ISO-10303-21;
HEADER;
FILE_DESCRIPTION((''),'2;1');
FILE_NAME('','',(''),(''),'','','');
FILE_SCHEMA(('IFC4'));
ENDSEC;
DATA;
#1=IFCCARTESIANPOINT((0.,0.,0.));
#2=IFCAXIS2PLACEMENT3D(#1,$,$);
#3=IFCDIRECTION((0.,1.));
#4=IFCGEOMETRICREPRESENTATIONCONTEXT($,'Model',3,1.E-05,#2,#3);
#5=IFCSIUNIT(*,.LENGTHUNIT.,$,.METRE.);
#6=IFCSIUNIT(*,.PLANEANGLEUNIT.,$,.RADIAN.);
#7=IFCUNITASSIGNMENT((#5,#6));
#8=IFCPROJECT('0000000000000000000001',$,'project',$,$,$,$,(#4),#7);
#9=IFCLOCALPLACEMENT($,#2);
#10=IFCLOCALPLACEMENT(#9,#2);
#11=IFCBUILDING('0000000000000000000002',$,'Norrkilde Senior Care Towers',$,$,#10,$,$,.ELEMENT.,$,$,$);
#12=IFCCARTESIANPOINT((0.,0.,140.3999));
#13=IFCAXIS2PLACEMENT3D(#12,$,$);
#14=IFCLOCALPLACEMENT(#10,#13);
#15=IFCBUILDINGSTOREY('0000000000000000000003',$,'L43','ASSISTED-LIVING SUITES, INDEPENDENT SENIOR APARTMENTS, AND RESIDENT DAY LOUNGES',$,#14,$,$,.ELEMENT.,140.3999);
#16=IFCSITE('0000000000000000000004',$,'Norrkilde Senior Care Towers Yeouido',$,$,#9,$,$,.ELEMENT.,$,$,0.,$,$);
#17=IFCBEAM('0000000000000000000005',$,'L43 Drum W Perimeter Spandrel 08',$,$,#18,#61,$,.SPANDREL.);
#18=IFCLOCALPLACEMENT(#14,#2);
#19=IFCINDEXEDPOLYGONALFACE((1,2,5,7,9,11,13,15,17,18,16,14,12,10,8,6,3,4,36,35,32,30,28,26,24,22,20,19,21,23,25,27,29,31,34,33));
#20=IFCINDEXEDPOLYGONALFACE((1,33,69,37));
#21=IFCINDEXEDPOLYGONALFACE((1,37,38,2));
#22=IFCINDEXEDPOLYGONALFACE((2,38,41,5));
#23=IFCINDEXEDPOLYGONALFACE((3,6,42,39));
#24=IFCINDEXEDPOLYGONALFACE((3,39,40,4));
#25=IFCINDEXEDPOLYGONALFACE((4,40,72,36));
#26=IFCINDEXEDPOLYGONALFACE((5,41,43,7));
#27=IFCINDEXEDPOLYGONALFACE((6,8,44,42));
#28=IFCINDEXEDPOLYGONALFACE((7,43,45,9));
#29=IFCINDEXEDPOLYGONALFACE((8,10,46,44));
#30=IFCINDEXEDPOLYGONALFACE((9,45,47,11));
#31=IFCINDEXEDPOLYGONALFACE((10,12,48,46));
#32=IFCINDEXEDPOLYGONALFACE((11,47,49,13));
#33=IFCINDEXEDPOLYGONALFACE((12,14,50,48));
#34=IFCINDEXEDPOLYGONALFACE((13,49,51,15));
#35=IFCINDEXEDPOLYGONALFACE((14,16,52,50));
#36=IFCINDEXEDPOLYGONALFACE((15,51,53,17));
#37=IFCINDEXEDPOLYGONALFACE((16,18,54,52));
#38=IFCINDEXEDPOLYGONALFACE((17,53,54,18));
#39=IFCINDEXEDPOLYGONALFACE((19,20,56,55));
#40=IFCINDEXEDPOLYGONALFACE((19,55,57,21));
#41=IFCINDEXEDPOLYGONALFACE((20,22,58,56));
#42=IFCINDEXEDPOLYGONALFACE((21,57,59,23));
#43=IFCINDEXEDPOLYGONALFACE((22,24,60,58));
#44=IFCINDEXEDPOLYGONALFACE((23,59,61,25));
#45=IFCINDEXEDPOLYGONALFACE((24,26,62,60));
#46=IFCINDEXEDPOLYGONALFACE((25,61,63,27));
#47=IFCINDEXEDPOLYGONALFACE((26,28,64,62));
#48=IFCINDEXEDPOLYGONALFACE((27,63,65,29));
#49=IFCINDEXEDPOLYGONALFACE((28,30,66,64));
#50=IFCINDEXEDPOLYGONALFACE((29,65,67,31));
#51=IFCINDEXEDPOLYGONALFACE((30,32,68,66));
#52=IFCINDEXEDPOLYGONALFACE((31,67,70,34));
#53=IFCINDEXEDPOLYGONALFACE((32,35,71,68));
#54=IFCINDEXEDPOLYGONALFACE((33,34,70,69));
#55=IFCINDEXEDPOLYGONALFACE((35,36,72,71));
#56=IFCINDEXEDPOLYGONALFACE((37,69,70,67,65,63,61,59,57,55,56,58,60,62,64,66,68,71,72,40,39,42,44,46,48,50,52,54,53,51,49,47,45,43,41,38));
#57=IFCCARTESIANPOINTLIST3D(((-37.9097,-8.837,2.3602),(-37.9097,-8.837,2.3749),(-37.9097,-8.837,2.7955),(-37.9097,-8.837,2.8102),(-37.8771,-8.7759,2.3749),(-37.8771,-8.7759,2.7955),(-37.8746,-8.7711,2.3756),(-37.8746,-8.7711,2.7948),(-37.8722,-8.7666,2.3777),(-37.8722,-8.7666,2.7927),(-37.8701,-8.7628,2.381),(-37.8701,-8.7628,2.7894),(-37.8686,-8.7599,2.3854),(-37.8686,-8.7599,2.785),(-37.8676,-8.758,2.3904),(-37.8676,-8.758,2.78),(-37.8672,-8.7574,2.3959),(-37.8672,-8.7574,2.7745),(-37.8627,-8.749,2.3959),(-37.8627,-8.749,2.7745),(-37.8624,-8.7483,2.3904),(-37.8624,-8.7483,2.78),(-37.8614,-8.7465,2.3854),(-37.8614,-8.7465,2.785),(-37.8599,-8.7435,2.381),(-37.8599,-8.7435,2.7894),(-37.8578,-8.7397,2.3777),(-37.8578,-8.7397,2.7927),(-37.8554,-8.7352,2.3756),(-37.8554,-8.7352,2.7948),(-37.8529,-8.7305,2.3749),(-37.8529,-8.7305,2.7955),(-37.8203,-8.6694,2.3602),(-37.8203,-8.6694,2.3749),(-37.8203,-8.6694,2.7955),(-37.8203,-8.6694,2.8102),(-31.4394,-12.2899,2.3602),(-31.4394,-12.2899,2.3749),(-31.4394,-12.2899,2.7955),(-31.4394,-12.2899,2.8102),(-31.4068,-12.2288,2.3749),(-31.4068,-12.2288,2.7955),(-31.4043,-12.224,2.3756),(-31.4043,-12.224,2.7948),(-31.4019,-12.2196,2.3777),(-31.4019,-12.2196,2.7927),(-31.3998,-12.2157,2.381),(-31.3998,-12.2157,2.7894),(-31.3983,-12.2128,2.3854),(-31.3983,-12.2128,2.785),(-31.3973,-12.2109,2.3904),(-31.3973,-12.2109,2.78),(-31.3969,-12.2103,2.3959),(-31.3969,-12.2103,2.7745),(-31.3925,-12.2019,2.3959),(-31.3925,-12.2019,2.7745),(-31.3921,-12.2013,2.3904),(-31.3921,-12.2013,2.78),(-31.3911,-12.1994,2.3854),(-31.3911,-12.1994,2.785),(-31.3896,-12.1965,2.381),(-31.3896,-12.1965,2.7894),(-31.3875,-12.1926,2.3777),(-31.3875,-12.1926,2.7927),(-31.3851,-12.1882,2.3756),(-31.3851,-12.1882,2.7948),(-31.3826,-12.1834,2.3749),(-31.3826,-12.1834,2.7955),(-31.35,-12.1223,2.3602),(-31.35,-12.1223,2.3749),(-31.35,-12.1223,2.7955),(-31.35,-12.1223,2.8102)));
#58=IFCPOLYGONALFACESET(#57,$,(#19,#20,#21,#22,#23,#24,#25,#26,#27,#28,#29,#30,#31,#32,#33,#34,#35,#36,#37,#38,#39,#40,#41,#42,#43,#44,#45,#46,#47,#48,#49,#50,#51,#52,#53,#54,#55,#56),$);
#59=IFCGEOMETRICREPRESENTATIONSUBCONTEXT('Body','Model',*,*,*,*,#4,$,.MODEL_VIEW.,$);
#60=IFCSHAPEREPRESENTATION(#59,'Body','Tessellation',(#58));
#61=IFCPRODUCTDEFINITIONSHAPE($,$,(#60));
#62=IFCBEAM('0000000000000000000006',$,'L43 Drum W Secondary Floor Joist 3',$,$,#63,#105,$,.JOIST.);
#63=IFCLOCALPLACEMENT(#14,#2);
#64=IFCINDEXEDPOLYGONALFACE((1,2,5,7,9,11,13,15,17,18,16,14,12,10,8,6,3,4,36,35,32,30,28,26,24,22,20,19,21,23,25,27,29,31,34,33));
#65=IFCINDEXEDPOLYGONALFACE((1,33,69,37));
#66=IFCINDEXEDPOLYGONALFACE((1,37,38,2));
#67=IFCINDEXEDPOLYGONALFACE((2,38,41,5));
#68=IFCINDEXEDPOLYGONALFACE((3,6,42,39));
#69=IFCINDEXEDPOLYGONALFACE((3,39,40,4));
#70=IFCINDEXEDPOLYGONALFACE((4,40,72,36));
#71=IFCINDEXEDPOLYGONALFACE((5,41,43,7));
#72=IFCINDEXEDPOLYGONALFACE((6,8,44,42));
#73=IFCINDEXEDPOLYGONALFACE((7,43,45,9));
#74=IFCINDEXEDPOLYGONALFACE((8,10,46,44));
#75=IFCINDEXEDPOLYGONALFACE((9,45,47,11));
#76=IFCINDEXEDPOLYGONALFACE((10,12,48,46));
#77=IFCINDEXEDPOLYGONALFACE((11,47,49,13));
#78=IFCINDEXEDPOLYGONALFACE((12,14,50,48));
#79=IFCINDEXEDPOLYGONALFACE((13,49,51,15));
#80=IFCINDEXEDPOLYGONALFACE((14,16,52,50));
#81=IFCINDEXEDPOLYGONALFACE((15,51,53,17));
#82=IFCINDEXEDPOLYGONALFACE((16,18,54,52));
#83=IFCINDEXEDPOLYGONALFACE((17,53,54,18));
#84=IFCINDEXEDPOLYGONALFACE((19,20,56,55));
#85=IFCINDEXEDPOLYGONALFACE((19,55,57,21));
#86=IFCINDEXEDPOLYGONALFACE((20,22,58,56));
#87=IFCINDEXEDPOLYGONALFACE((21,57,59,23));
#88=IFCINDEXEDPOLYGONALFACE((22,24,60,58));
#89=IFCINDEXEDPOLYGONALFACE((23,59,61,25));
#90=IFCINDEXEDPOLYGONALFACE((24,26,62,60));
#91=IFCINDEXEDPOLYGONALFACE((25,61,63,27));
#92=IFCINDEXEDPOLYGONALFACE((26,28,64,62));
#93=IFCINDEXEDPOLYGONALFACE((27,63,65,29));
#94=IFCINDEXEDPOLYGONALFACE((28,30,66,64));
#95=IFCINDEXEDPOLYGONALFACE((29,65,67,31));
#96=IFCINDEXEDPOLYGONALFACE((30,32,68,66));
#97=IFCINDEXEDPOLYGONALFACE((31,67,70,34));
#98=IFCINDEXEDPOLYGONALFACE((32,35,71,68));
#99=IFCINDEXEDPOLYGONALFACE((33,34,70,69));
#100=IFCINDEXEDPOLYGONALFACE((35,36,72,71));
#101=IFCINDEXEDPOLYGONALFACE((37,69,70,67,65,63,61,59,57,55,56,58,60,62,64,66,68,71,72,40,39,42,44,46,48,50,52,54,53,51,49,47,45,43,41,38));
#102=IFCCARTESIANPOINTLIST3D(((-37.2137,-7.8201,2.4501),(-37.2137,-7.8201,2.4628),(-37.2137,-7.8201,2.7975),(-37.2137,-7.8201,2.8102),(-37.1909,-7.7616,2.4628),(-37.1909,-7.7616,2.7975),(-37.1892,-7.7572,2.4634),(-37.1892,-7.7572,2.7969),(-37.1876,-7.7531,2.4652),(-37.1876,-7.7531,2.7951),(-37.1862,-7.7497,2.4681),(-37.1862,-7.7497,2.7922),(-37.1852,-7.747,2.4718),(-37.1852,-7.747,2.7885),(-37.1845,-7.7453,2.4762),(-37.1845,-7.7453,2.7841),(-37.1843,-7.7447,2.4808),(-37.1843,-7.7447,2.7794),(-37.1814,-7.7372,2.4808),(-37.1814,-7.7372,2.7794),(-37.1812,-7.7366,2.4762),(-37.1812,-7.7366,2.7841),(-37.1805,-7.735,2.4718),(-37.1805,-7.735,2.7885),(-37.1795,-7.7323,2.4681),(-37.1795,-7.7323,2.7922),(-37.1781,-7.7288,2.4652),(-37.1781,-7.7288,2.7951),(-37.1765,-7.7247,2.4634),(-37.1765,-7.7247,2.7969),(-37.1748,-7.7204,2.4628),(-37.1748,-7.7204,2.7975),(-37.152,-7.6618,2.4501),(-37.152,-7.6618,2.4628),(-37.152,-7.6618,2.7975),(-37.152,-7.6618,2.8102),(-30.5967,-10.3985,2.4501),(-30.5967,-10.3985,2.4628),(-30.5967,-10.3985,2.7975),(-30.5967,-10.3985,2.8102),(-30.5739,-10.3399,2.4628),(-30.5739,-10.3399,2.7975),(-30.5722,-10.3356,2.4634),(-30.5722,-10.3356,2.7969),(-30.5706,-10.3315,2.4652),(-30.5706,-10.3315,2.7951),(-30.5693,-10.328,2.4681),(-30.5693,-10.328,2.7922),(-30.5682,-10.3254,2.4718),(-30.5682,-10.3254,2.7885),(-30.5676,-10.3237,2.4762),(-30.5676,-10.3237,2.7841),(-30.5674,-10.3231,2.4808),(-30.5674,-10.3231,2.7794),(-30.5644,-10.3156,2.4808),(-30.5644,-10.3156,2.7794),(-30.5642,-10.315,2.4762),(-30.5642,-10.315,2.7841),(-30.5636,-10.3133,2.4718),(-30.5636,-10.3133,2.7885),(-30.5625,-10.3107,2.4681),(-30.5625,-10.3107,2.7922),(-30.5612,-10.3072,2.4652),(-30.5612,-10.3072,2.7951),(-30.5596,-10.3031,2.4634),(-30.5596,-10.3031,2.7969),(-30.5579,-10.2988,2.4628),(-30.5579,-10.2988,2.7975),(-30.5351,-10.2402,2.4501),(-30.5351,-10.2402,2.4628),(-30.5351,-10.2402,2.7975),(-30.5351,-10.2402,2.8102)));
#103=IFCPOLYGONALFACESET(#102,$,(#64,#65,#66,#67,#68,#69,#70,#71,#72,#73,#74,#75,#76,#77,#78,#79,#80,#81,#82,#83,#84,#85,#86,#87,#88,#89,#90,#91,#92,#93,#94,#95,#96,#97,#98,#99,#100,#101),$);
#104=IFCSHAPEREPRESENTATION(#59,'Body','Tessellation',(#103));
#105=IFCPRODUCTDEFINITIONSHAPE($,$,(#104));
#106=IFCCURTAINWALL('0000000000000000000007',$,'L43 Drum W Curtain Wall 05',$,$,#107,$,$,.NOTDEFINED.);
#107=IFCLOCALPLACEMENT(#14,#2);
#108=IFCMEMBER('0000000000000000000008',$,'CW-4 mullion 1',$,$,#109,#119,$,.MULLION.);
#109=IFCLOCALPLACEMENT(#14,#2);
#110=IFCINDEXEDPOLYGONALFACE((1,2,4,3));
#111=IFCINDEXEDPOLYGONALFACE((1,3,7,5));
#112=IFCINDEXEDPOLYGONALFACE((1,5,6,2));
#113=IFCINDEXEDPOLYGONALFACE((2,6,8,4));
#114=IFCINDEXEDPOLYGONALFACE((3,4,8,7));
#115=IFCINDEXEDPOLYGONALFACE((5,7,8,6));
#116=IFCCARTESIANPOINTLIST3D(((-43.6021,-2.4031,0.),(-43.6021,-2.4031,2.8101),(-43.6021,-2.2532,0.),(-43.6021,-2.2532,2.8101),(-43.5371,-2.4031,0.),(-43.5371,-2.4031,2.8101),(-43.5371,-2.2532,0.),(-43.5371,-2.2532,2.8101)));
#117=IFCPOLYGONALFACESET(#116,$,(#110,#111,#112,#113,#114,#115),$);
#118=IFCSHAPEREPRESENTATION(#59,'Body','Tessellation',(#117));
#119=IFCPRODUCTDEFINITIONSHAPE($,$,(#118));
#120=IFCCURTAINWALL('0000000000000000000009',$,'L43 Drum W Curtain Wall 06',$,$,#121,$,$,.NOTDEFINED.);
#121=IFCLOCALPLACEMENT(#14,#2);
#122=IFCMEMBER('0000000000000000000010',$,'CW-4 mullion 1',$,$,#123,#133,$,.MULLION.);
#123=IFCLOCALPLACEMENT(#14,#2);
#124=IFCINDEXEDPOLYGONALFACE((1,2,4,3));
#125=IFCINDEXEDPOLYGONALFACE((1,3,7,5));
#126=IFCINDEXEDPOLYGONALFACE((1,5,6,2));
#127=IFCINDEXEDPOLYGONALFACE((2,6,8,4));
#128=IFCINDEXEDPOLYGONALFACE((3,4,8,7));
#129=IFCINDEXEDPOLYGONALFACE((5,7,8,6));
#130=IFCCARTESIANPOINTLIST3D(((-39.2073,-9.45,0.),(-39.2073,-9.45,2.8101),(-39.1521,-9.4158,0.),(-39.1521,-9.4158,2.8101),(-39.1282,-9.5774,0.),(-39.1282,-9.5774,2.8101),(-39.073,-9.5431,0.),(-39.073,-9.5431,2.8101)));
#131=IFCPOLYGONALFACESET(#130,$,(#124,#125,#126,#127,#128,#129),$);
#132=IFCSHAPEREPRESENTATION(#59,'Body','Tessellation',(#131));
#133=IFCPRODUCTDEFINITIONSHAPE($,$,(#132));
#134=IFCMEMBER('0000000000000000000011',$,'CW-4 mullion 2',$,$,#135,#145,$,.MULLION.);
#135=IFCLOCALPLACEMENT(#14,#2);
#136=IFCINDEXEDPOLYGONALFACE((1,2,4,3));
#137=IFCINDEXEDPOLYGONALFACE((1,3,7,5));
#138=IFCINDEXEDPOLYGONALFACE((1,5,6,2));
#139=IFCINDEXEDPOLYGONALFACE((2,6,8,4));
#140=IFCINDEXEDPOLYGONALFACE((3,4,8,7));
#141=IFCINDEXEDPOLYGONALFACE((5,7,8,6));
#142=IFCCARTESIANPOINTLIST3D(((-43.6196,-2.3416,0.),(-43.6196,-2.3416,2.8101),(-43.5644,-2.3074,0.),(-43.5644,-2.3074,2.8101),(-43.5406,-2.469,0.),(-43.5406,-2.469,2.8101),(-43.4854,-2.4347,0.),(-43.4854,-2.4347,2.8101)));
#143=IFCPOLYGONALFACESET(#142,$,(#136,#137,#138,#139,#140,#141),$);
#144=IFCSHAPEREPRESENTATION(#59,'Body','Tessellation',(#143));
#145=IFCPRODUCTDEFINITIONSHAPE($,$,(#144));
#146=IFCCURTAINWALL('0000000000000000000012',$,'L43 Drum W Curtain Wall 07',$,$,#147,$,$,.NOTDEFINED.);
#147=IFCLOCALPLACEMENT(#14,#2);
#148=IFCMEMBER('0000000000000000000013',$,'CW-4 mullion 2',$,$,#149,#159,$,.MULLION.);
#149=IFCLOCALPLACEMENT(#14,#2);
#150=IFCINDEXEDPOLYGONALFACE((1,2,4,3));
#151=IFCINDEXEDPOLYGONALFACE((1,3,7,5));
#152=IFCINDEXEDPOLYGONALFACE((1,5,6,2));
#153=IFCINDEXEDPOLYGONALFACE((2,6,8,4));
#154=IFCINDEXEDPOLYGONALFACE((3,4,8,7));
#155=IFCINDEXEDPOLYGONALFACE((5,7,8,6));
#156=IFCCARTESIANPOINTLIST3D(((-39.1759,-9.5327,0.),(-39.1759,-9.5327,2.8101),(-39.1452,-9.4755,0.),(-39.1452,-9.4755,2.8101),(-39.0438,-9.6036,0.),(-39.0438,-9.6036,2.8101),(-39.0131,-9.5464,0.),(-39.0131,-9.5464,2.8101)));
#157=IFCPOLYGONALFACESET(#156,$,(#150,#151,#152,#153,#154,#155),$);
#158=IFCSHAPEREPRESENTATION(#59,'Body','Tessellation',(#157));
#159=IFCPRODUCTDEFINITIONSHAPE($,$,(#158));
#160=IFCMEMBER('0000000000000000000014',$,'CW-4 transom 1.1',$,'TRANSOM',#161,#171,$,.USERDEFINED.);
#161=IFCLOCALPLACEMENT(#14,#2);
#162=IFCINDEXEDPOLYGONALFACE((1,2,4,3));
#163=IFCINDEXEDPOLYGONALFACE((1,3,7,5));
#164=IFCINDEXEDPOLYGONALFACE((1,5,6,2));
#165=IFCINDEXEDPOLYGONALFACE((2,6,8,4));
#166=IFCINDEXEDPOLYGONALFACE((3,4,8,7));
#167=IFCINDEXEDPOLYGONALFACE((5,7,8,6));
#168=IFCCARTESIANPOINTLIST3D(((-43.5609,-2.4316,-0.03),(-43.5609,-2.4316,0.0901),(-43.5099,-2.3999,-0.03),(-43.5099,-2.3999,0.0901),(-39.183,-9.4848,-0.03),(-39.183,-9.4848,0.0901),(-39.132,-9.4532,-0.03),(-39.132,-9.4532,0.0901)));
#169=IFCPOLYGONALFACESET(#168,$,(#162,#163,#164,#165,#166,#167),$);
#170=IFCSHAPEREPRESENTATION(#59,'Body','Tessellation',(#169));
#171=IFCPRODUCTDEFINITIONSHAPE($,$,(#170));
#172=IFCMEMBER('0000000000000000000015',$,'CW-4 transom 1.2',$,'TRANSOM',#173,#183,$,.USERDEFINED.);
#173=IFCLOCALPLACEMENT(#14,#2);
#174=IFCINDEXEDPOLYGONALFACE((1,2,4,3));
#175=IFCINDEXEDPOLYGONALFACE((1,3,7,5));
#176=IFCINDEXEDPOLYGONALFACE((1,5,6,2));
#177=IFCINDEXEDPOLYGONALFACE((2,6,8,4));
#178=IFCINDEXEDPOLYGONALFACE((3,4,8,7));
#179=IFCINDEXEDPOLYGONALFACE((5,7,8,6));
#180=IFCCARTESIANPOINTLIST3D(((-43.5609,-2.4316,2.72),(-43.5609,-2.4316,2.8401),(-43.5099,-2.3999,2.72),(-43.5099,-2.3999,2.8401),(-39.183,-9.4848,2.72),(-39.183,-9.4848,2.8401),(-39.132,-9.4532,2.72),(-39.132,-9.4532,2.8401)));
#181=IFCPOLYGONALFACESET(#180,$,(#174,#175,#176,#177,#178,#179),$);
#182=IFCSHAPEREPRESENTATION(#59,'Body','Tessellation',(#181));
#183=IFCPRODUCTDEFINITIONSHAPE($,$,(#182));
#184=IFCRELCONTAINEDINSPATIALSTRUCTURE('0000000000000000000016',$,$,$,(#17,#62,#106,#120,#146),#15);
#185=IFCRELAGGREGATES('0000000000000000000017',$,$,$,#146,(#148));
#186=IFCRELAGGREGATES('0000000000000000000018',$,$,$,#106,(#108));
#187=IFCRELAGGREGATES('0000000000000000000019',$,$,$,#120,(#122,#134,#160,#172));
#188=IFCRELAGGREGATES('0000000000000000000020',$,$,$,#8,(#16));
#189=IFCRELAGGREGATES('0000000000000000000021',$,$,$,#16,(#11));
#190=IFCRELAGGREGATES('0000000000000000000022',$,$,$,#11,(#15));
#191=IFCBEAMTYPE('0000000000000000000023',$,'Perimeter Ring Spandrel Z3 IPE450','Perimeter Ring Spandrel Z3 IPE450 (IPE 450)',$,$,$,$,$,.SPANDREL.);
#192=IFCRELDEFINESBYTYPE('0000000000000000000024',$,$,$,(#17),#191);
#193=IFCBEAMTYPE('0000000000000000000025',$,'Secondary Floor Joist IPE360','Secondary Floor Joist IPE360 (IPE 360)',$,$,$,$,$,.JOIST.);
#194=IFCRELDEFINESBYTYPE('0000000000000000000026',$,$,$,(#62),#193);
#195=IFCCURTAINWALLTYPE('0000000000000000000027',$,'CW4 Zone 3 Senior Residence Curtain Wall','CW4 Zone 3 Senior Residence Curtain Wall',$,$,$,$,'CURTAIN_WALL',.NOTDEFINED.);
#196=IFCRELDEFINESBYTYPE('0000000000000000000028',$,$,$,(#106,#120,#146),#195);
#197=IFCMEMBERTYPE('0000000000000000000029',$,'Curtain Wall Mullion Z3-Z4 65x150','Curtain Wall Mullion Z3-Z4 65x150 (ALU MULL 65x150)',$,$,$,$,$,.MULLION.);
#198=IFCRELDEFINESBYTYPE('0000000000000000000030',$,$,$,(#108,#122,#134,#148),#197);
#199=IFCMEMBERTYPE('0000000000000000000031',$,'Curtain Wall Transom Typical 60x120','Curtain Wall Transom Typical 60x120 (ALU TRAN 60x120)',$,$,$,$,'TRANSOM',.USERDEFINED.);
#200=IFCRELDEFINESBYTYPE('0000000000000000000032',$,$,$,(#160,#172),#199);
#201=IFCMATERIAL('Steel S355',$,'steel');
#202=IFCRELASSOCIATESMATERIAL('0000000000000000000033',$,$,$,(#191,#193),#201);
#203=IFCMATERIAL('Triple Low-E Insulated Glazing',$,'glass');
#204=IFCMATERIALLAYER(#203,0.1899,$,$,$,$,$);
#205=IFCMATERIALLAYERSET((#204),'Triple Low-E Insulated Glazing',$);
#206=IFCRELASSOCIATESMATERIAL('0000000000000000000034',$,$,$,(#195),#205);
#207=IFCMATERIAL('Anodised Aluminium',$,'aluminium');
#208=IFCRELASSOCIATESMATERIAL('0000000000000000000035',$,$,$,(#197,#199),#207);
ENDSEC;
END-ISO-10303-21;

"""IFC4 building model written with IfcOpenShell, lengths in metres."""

from ifc_helpers import new_model, si_unit, direction, frame, origin, origin_2d, place, context, subcontext, project, spatial, rectangle, i_section, extrude, source, transform, mapped, material, layer, layer_set, material_profile, profile_set, type_object, type_shapes, element, aggregate, save


model = new_model("IFC4")

# Units and contexts
model_context = context("Model", 3, precision=1e-05, world=origin(), true_north=direction((0.0, 1.0)))
body_context = subcontext(model_context, "Body", "Model", "MODEL_VIEW")
ifc_project = project(units=[si_unit("LENGTHUNIT", "METRE"), si_unit("PLANEANGLEUNIT", "RADIAN")], contexts=[model_context])

# Site, building, storey
site_placement = place(None, origin())
site = spatial("IfcSite", under=ifc_project, at=site_placement, Name="Norrkilde Senior Care Towers Yeouido", CompositionType="ELEMENT", RefElevation=0.0)
building_placement = place(site_placement, origin())
building = spatial("IfcBuilding", under=site, at=building_placement, Name="Norrkilde Senior Care Towers", CompositionType="ELEMENT")
storey_placement = place(building_placement, frame((0.0, 0.0, 140.3999)))
storey = spatial("IfcBuildingStorey", under=building, at=storey_placement, Name="L43", Description="ASSISTED-LIVING SUITES, INDEPENDENT SENIOR APARTMENTS, AND RESIDENT DAY LOUNGES", CompositionType="ELEMENT", Elevation=140.3999)

# Beams
ifc_material_1 = material(Name="Steel S355", Category="steel")
ifc_material_profile_1 = material_profile(ifc_material_1, i_section(OverallWidth=0.1899, OverallDepth=0.45, WebThickness=0.0095, FlangeThickness=0.0146, FilletRadius=0.021, at=origin_2d()), Name="IPE 450")
ifc_profile_set_1 = profile_set([ifc_material_profile_1], Name="Steel S355")
beam_type_1 = type_object("IfcBeamType", Name="Perimeter Ring Spandrel Z3 IPE450", Description="Perimeter Ring Spandrel Z3 IPE450 (IPE 450)", PredefinedType="SPANDREL", material=ifc_profile_set_1)
shared_shape_1 = source(origin(), body_context, "Body", "SweptSolid", [
    extrude(i_section(OverallWidth=0.1899, OverallDepth=0.45, WebThickness=0.0095, FlangeThickness=0.0146, FilletRadius=0.021, at=origin_2d()), origin(), (0.0, 0.0, 1.0), 7.334),
])
beam_1_placement = place(storey_placement, frame((-37.865, -8.7532, 2.5852), z_axis=(0.882234, -0.470811, 0.0), x_axis=(0.470811, 0.882234, 0.0)))
element("IfcBeam", 1, at=beam_1_placement, inside=storey, type_object=beam_type_1, Name="L43 Drum W Perimeter Spandrel 08", PredefinedType="SPANDREL", context=body_context, shape_type="MappedRepresentation", body=[
    mapped(shared_shape_1, transform((0.0, 0.0, 0.0), x_axis=(1.0, 0.0, 0.0), y_axis=(0.0, 1.0, 0.0), z_axis=(0.0, 0.0, 1.0), scale=1.0)),
])
ifc_material_profile_2 = material_profile(ifc_material_1, i_section(OverallWidth=0.1699, OverallDepth=0.3601, WebThickness=0.0081, FlangeThickness=0.0127, FilletRadius=0.0181, at=origin_2d()), Name="IPE 360")
ifc_profile_set_2 = profile_set([ifc_material_profile_2], Name="Steel S355")
beam_type_2 = type_object("IfcBeamType", Name="Secondary Floor Joist IPE360", Description="Secondary Floor Joist IPE360 (IPE 360)", PredefinedType="JOIST", material=ifc_profile_set_2)
shared_shape_2 = source(origin(), body_context, "Body", "SweptSolid", [
    extrude(i_section(OverallWidth=0.1699, OverallDepth=0.3601, WebThickness=0.0081, FlangeThickness=0.0127, FilletRadius=0.0181, at=origin_2d()), origin(), (0.0, 0.0, 1.0), 7.1016),
])
type_shapes(beam_type_2, [shared_shape_2])
beam_2_placement = place(storey_placement, frame((-37.1829, -7.741, 2.6301), z_axis=(0.931761, -0.363072, 0.0), x_axis=(0.363072, 0.931761, 0.0)))
element("IfcBeam", 2, at=beam_2_placement, inside=storey, type_object=beam_type_2, Name="L43 Drum W Secondary Floor Joist 3", PredefinedType="JOIST", context=body_context, shape_type="MappedRepresentation", body=[
    mapped(shared_shape_2, transform((0.0, 0.0, 0.0), x_axis=(1.0, 0.0, 0.0), y_axis=(0.0, 1.0, 0.0), z_axis=(0.0, 0.0, 1.0), scale=1.0)),
])

# Curtain wall, member
ifc_material_2 = material(Name="Triple Low-E Insulated Glazing", Category="glass")
ifc_layer_1 = layer(ifc_material_2, 0.1899)
ifc_layer_set_1 = layer_set([ifc_layer_1], Name="Triple Low-E Insulated Glazing")
curtain_wall_type = type_object("IfcCurtainWallType", Name="CW4 Zone 3 Senior Residence Curtain Wall", Description="CW4 Zone 3 Senior Residence Curtain Wall", ElementType="CURTAIN_WALL", PredefinedType="NOTDEFINED", material=ifc_layer_set_1)
curtain_wall_1_placement = place(storey_placement, origin())
curtain_wall_1 = element("IfcCurtainWall", 3, at=curtain_wall_1_placement, inside=storey, type_object=curtain_wall_type, Name="L43 Drum W Curtain Wall 05", PredefinedType="NOTDEFINED")
ifc_material_3 = material(Name="Anodised Aluminium", Category="aluminium")
ifc_material_profile_3 = material_profile(ifc_material_3, rectangle(XDim=0.0649, YDim=0.1499, at=origin_2d()), Name="ALU MULL 65x150")
ifc_profile_set_3 = profile_set([ifc_material_profile_3], Name="Anodised Aluminium")
member_type_1 = type_object("IfcMemberType", Name="Curtain Wall Mullion Z3-Z4 65x150", Description="Curtain Wall Mullion Z3-Z4 65x150 (ALU MULL 65x150)", PredefinedType="MULLION", material=ifc_profile_set_3)
shared_shape_3 = source(origin(), body_context, "Body", "SweptSolid", [
    extrude(rectangle(XDim=0.0649, YDim=0.1499, at=origin_2d()), origin(), (0.0, 0.0, 1.0), 2.8101),
])
type_shapes(member_type_1, [shared_shape_3])
member_1_placement = place(storey_placement, frame((-43.5696, -2.3281, 0.0), z_axis=(0.0, 0.0, 1.0), x_axis=(-1.0, 0.0, 0.0)))
member_1 = element("IfcMember", 4, at=member_1_placement, type_object=member_type_1, Name="CW-4 mullion 1", PredefinedType="MULLION", context=body_context, shape_type="MappedRepresentation", body=[
    mapped(shared_shape_3, transform((0.0, 0.0, 0.0), x_axis=(1.0, 0.0, 0.0), y_axis=(0.0, 1.0, 0.0), z_axis=(0.0, 0.0, 1.0), scale=1.0)),
])

# Curtain wall, members
curtain_wall_2_placement = place(storey_placement, origin())
curtain_wall_2 = element("IfcCurtainWall", 5, at=curtain_wall_2_placement, inside=storey, type_object=curtain_wall_type, Name="L43 Drum W Curtain Wall 06", PredefinedType="NOTDEFINED")
member_2_placement = place(storey_placement, frame((-39.1401, -9.4966, 0.0), z_axis=(0.0, 0.0, 1.0), x_axis=(-0.849634, -0.527373, 0.0)))
member_2 = element("IfcMember", 6, at=member_2_placement, type_object=member_type_1, Name="CW-4 mullion 1", PredefinedType="MULLION", context=body_context, shape_type="MappedRepresentation", body=[
    mapped(shared_shape_3, transform((0.0, 0.0, 0.0), x_axis=(1.0, 0.0, 0.0), y_axis=(0.0, 1.0, 0.0), z_axis=(0.0, 0.0, 1.0), scale=1.0)),
])
member_3_placement = place(storey_placement, frame((-43.5525, -2.3882, 0.0), z_axis=(0.0, 0.0, 1.0), x_axis=(-0.849634, -0.527373, 0.0)))
member_3 = element("IfcMember", 7, at=member_3_placement, type_object=member_type_1, Name="CW-4 mullion 2", PredefinedType="MULLION", context=body_context, shape_type="MappedRepresentation", body=[
    mapped(shared_shape_3, transform((0.0, 0.0, 0.0), x_axis=(1.0, 0.0, 0.0), y_axis=(0.0, 1.0, 0.0), z_axis=(0.0, 0.0, 1.0), scale=1.0)),
])

# Curtain wall, member
curtain_wall_3_placement = place(storey_placement, origin())
curtain_wall_3 = element("IfcCurtainWall", 8, at=curtain_wall_3_placement, inside=storey, type_object=curtain_wall_type, Name="L43 Drum W Curtain Wall 07", PredefinedType="NOTDEFINED")
member_4_placement = place(storey_placement, frame((-39.0945, -9.5396, 0.0), z_axis=(0.0, 0.0, 1.0), x_axis=(-0.473117, -0.881, 0.0)))
member_4 = element("IfcMember", 9, at=member_4_placement, type_object=member_type_1, Name="CW-4 mullion 2", PredefinedType="MULLION", context=body_context, shape_type="MappedRepresentation", body=[
    mapped(shared_shape_3, transform((0.0, 0.0, 0.0), x_axis=(1.0, 0.0, 0.0), y_axis=(0.0, 1.0, 0.0), z_axis=(0.0, 0.0, 1.0), scale=1.0)),
])
aggregate(curtain_wall_3, [member_4])

# Members
ifc_material_profile_4 = material_profile(ifc_material_3, rectangle(XDim=0.0601, YDim=0.1201, at=origin_2d()), Name="ALU TRAN 60x120")
ifc_profile_set_4 = profile_set([ifc_material_profile_4], Name="Anodised Aluminium")
member_type_2 = type_object("IfcMemberType", Name="Curtain Wall Transom Typical 60x120", Description="Curtain Wall Transom Typical 60x120 (ALU TRAN 60x120)", ElementType="TRANSOM", PredefinedType="USERDEFINED", material=ifc_profile_set_4)
shared_shape_4 = source(origin(), body_context, "Body", "SweptSolid", [
    extrude(rectangle(XDim=0.0601, YDim=0.1201, at=origin_2d()), origin(), (0.0, 0.0, 1.0), 8.3015),
])
member_5_placement = place(storey_placement, frame((-39.1575, -9.469, 0.03), z_axis=(-0.527369, 0.849637, 0.0), x_axis=(-0.849637, -0.527369, 0.0)))
member_5 = element("IfcMember", 10, at=member_5_placement, type_object=member_type_2, Name="CW-4 transom 1.1", ObjectType="TRANSOM", PredefinedType="USERDEFINED", context=body_context, shape_type="MappedRepresentation", body=[
    mapped(shared_shape_4, transform((0.0, 0.0, 0.0), x_axis=(1.0, 0.0, 0.0), y_axis=(0.0, 1.0, 0.0), z_axis=(0.0, 0.0, 1.0), scale=1.0)),
])
member_6_placement = place(storey_placement, frame((-39.1575, -9.469, 2.78), z_axis=(-0.527369, 0.849637, 0.0), x_axis=(-0.849637, -0.527369, 0.0)))
member_6 = element("IfcMember", 11, at=member_6_placement, type_object=member_type_2, Name="CW-4 transom 1.2", ObjectType="TRANSOM", PredefinedType="USERDEFINED", context=body_context, shape_type="MappedRepresentation", body=[
    mapped(shared_shape_4, transform((0.0, 0.0, 0.0), x_axis=(1.0, 0.0, 0.0), y_axis=(0.0, 1.0, 0.0), z_axis=(0.0, 0.0, 1.0), scale=1.0)),
])
aggregate(curtain_wall_1, [member_1])

aggregate(curtain_wall_2, [member_2, member_3, member_5, member_6])

save(model, "model.ifc")
